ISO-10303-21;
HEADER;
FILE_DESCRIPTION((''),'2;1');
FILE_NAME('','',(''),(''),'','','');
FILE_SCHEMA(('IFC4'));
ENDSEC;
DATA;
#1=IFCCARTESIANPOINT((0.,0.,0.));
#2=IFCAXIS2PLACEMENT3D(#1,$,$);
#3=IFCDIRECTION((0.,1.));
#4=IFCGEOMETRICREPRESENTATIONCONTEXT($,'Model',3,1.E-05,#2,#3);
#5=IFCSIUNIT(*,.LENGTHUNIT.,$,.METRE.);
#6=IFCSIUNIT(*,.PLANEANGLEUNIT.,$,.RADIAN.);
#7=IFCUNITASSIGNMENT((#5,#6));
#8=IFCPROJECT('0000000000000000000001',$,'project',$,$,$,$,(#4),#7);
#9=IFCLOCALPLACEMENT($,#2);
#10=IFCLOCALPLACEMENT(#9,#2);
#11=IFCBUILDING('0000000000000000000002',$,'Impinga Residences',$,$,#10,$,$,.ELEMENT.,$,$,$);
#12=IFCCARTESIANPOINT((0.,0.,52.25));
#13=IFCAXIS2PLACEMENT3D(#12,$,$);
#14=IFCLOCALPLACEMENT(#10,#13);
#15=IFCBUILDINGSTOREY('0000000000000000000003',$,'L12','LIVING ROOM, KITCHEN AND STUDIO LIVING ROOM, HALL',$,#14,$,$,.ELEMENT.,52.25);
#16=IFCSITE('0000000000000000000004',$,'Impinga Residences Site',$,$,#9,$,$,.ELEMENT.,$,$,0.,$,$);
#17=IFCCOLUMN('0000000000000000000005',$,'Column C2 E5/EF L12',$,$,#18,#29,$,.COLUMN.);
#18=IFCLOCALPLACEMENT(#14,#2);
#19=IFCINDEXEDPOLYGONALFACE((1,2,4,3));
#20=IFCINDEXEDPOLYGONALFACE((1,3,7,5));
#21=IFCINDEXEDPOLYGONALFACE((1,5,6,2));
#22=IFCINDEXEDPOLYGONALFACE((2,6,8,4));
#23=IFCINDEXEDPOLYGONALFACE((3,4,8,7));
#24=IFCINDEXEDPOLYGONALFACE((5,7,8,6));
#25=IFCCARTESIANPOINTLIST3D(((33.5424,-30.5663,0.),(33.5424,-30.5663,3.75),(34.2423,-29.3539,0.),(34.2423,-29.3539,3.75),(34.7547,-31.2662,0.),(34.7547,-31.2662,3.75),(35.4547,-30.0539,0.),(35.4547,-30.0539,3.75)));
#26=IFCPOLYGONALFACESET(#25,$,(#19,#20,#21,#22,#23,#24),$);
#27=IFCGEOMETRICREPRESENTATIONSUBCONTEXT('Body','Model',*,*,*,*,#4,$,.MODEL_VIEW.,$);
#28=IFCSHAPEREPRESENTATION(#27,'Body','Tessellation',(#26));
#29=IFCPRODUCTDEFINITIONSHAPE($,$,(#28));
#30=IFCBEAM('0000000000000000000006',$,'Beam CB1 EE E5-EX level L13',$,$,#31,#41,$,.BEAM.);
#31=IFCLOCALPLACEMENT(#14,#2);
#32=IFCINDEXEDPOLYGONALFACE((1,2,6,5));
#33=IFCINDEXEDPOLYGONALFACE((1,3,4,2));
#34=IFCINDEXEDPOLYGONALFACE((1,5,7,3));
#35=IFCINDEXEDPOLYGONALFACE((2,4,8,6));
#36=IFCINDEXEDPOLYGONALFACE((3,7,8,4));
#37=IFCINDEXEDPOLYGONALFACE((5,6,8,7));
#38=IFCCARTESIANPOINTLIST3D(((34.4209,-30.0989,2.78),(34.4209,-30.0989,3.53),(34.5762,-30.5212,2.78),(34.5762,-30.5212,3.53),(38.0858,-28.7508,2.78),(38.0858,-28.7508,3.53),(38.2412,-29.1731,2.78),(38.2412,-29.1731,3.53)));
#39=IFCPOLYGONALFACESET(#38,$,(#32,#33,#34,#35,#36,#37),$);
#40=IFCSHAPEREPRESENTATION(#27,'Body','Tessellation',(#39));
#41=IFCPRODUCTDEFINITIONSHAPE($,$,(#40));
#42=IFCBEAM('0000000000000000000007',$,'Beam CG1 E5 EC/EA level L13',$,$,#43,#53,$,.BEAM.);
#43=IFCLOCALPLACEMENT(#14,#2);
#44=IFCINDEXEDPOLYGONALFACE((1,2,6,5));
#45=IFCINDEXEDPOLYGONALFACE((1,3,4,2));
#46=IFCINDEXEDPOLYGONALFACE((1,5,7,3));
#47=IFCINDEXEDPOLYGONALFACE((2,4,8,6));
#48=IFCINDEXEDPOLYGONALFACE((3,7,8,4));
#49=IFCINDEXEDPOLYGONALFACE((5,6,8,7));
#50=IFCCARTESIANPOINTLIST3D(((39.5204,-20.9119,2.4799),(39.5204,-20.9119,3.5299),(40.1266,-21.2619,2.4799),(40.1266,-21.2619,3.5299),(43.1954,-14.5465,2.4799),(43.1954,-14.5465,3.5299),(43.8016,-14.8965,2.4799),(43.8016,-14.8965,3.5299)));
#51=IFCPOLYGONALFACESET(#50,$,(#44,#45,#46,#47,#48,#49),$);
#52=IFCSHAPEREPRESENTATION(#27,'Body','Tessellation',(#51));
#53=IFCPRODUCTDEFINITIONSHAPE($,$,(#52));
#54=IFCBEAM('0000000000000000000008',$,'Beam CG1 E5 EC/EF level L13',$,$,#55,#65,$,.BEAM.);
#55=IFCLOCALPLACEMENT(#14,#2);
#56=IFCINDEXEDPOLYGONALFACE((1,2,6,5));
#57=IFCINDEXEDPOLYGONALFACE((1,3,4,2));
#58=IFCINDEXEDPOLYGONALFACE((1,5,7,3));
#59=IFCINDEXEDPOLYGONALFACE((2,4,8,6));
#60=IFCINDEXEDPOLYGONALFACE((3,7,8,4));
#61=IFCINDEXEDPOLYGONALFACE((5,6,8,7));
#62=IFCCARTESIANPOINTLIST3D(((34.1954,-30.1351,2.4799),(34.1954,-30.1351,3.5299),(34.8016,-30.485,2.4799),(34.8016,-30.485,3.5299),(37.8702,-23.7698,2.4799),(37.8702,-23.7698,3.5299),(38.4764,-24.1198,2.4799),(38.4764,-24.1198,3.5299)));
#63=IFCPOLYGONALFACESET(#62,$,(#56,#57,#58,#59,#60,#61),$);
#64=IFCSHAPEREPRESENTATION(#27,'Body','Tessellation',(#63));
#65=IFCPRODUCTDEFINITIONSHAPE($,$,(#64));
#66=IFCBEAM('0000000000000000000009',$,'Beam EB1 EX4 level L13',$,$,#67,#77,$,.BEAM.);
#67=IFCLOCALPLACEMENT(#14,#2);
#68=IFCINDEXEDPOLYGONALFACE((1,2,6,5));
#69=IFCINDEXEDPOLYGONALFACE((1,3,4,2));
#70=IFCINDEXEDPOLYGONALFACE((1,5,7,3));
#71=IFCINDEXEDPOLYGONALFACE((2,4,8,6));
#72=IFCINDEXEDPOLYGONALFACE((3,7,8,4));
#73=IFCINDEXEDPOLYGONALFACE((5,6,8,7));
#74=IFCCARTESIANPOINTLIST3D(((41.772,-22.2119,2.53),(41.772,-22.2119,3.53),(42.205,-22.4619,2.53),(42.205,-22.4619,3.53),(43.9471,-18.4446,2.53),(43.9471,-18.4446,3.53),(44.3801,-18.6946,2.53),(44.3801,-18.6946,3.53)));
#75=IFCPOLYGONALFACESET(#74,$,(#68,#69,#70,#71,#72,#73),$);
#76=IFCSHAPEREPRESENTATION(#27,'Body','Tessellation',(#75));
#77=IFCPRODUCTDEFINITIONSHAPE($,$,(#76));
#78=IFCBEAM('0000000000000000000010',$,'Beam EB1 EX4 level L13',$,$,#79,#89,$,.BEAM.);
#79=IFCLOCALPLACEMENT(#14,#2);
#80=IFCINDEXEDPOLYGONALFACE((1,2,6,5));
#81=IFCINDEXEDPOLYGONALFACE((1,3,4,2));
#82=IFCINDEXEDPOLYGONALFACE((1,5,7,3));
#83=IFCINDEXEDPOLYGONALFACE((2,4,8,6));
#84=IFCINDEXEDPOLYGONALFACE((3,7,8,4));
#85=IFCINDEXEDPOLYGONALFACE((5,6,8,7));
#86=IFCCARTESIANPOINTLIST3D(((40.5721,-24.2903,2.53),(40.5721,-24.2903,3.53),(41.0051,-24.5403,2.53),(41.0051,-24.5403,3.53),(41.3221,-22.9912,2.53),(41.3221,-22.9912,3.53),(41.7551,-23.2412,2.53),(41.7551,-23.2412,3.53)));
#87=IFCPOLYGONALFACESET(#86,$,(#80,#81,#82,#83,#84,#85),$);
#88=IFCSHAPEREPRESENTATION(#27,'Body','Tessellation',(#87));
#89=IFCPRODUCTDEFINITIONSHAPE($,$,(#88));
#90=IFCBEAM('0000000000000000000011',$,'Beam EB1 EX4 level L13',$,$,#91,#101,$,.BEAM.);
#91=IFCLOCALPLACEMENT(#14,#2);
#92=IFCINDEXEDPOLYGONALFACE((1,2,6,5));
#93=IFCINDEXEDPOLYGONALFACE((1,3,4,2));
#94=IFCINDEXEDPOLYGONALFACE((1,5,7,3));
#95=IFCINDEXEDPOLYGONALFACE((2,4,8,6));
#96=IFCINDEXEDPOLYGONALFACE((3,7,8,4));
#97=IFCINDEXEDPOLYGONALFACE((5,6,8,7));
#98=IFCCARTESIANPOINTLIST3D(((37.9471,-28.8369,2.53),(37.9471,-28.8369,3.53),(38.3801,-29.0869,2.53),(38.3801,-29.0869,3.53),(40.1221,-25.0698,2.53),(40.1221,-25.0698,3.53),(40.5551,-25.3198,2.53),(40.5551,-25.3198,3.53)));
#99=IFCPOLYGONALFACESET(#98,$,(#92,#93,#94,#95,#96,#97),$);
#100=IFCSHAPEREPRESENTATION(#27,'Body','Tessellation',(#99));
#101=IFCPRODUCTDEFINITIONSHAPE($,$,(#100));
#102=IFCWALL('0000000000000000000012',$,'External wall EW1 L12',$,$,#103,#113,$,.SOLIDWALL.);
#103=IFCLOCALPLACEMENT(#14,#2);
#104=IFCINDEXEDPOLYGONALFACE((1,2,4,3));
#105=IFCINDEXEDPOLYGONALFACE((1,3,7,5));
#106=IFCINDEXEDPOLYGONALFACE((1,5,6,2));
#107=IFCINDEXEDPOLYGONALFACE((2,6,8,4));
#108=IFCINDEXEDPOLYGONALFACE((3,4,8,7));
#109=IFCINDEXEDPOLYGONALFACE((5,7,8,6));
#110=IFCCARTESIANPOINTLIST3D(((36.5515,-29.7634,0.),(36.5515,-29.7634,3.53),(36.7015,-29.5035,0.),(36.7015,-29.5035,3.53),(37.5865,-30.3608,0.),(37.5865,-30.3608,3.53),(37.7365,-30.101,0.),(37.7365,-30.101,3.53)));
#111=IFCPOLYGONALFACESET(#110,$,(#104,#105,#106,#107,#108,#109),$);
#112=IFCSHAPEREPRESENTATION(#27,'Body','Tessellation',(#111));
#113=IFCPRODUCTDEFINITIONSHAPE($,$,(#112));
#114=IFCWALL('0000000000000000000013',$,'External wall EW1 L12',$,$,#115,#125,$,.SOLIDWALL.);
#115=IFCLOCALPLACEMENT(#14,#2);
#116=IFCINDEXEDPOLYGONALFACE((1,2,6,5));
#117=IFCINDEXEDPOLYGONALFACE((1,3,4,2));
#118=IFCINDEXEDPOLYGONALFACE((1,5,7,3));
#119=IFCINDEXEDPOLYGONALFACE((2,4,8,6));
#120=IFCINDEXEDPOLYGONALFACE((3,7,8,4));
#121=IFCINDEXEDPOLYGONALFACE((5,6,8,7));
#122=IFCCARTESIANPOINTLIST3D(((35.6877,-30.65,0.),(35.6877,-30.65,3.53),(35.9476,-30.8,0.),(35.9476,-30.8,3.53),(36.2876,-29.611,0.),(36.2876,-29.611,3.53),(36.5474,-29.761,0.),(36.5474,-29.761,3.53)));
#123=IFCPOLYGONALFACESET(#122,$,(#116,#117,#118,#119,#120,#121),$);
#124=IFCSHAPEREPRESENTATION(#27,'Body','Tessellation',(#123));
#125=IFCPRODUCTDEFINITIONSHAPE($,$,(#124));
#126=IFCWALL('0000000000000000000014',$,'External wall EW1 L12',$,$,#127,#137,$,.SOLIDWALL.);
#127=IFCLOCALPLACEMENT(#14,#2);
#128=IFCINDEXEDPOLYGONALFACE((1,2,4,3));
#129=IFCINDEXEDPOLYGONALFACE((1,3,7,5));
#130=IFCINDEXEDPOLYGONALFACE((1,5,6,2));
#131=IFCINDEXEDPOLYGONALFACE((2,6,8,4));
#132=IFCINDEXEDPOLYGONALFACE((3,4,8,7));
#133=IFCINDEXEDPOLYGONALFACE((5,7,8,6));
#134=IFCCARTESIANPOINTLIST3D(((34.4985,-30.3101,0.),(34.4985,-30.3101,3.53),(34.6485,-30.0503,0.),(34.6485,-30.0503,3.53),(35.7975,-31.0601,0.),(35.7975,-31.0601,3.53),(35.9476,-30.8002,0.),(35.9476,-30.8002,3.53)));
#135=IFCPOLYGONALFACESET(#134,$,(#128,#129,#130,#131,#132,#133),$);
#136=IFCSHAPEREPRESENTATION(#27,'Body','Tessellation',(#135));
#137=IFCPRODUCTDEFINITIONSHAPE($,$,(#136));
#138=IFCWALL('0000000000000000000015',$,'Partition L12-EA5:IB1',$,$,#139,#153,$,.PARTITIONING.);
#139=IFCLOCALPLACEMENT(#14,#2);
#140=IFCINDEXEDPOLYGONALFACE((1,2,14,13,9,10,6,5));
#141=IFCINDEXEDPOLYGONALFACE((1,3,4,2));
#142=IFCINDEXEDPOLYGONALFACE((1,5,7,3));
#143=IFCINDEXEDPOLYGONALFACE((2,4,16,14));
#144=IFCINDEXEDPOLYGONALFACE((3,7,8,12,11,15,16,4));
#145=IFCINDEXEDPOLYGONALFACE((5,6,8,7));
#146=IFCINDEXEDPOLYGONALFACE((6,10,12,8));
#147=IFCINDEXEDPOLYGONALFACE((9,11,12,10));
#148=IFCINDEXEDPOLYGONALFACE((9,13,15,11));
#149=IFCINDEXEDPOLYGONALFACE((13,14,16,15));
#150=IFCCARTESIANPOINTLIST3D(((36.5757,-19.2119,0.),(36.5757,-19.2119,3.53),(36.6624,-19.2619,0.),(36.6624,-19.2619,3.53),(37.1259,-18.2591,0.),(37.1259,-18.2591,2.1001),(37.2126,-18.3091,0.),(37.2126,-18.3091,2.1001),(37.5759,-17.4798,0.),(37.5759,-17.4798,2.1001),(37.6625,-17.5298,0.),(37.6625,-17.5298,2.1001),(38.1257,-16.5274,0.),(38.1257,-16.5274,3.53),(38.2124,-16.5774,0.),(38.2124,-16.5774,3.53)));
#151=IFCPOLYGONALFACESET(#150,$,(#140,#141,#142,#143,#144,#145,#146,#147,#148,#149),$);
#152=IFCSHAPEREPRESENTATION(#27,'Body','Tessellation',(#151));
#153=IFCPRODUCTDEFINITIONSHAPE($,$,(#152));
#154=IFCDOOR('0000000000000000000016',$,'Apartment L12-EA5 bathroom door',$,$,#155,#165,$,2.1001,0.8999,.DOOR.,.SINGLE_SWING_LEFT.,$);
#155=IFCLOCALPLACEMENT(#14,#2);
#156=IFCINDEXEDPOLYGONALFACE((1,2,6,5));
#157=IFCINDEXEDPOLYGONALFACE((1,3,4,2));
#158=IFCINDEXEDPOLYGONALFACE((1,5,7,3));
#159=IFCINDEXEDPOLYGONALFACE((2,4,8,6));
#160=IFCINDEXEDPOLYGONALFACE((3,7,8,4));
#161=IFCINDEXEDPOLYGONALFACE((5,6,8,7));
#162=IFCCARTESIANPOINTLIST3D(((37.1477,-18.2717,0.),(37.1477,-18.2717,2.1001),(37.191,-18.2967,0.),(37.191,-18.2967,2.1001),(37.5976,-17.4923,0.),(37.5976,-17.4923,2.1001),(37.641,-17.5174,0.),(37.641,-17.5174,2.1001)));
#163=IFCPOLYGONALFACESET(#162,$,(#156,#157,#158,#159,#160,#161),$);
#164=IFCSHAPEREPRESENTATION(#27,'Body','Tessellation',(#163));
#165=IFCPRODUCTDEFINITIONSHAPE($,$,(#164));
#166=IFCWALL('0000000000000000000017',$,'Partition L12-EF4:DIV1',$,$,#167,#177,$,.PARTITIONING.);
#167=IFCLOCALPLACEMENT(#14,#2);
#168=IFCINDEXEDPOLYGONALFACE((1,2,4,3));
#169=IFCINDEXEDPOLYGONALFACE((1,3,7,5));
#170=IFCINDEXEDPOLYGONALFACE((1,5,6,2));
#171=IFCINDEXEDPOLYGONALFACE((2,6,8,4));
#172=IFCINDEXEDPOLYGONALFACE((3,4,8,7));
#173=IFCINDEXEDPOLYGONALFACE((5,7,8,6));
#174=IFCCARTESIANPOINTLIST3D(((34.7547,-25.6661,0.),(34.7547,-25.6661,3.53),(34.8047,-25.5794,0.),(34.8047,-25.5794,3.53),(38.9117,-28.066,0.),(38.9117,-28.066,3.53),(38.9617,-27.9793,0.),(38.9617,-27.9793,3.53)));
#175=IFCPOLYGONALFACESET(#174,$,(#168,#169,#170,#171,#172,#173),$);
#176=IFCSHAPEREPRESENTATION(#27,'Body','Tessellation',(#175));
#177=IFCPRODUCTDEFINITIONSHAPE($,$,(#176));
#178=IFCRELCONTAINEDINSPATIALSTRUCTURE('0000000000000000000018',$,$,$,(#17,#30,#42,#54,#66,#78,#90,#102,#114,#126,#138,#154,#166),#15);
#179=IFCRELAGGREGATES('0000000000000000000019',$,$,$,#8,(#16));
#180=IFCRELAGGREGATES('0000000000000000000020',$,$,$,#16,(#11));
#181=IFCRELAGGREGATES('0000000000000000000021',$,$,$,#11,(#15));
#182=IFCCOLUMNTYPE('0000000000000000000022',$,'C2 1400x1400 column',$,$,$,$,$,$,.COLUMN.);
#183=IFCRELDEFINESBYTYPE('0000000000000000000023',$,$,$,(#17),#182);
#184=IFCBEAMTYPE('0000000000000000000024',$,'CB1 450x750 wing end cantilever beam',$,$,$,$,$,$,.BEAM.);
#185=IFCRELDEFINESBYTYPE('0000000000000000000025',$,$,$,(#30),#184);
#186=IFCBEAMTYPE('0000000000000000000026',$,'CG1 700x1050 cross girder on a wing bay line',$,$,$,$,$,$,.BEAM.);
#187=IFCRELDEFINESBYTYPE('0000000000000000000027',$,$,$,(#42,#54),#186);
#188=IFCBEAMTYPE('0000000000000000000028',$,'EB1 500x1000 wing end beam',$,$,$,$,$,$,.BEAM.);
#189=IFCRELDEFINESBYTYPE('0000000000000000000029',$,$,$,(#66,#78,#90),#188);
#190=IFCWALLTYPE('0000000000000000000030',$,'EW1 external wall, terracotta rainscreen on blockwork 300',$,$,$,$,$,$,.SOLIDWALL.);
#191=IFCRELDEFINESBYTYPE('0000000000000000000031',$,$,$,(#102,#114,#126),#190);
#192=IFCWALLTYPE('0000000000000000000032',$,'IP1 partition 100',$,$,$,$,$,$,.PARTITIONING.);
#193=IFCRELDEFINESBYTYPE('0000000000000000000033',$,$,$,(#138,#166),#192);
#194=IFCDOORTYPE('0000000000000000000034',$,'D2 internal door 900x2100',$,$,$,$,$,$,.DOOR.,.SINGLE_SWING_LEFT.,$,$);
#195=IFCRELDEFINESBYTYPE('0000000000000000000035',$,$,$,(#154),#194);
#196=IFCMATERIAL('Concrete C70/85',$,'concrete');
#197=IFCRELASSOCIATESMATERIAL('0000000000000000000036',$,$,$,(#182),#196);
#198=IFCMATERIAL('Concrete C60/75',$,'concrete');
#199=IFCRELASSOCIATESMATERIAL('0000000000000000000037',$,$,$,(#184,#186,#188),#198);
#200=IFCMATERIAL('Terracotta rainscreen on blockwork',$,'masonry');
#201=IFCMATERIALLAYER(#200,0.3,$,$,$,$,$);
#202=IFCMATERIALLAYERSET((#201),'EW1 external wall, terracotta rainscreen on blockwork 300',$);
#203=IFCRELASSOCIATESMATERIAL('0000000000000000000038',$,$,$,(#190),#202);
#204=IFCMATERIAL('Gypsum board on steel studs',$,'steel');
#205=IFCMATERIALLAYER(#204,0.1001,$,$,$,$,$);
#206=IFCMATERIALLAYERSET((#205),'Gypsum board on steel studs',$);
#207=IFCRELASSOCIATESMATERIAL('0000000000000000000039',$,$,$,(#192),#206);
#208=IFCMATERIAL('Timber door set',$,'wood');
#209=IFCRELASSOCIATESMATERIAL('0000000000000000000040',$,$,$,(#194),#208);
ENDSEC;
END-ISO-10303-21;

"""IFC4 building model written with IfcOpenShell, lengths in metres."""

from ifc_helpers import new_model, si_unit, direction, frame, frame_2d, origin, origin_2d, place, context, subcontext, project, spatial, rectangle, extrude, material, layer, layer_set, material_profile, profile_set, type_object, element, fill, save


model = new_model("IFC4")

# Units and contexts
model_context = context("Model", 3, precision=1e-05, world=origin(), true_north=direction((0.0, 1.0)))
body_context = subcontext(model_context, "Body", "Model", "MODEL_VIEW")
ifc_project = project(units=[si_unit("LENGTHUNIT", "METRE"), si_unit("PLANEANGLEUNIT", "RADIAN")], contexts=[model_context])

# Site, building, storey
site_placement = place(None, origin())
site = spatial("IfcSite", under=ifc_project, at=site_placement, Name="Impinga Residences Site", CompositionType="ELEMENT", RefElevation=0.0)
building_placement = place(site_placement, origin())
building = spatial("IfcBuilding", under=site, at=building_placement, Name="Impinga Residences", CompositionType="ELEMENT")
storey_placement = place(building_placement, frame((0.0, 0.0, 52.25)))
storey = spatial("IfcBuildingStorey", under=building, at=storey_placement, Name="L12", Description="LIVING ROOM, KITCHEN AND STUDIO LIVING ROOM, HALL", CompositionType="ELEMENT", Elevation=52.25)

# Column
ifc_material_1 = material(Name="Concrete C70/85", Category="concrete")
ifc_material_profile_1 = material_profile(ifc_material_1, rectangle(XDim=1.3999, YDim=1.3999, at=origin_2d()), Name="RC 1400x1400")
ifc_profile_set_1 = profile_set([ifc_material_profile_1], Name="Concrete C70/85")
column_type = type_object("IfcColumnType", Name="C2 1400x1400 column", PredefinedType="COLUMN", material=ifc_profile_set_1)
column_placement = place(storey_placement, frame((34.4985, -30.3101, 0.0), z_axis=(0.0, 0.0, 1.0), x_axis=(-0.5, -0.866025, 0.0)))
element("IfcColumn", 1, at=column_placement, inside=storey, type_object=column_type, Name="Column C2 E5/EF L12", PredefinedType="COLUMN", context=body_context, shape_type="SweptSolid", body=[
    extrude(rectangle(XDim=1.3999, YDim=1.3999, at=origin_2d()), origin(), (0.0, 0.0, 1.0), 3.75),
])

# Beams
ifc_material_2 = material(Name="Concrete C60/75", Category="concrete")
ifc_material_profile_2 = material_profile(ifc_material_2, rectangle(XDim=0.45, YDim=0.75, at=origin_2d()), Name="RC 450x750")
ifc_profile_set_2 = profile_set([ifc_material_profile_2], Name="Concrete C60/75")
beam_type_1 = type_object("IfcBeamType", Name="CB1 450x750 wing end cantilever beam", PredefinedType="BEAM", material=ifc_profile_set_2)
beam_1_placement = place(storey_placement, frame((34.4985, -30.3101, 3.155), z_axis=(0.93852, 0.345224, 0.0), x_axis=(-0.345224, 0.93852, 0.0)))
element("IfcBeam", 2, at=beam_1_placement, inside=storey, type_object=beam_type_1, Name="Beam CB1 EE E5-EX level L13", PredefinedType="BEAM", context=body_context, shape_type="SweptSolid", body=[
    extrude(rectangle(XDim=0.45, YDim=0.75, at=origin_2d()), origin(), (0.0, 0.0, 1.0), 3.905),
])
ifc_material_profile_3 = material_profile(ifc_material_2, rectangle(XDim=0.7, YDim=1.05, at=origin_2d()), Name="RC 700x1050")
ifc_profile_set_3 = profile_set([ifc_material_profile_3], Name="Concrete C60/75")
beam_type_2 = type_object("IfcBeamType", Name="CG1 700x1050 cross girder on a wing bay line", PredefinedType="BEAM", material=ifc_profile_set_3)
beam_2_placement = place(storey_placement, frame((39.8235, -21.0869, 3.0049), z_axis=(0.499994, 0.866029, 0.0), x_axis=(-0.866029, 0.499994, 0.0)))
element("IfcBeam", 3, at=beam_2_placement, inside=storey, type_object=beam_type_2, Name="Beam CG1 E5 EC/EA level L13", PredefinedType="BEAM", context=body_context, shape_type="SweptSolid", body=[
    extrude(rectangle(XDim=0.7, YDim=1.05, at=origin_2d()), origin(), (0.0, 0.0, 1.0), 7.3501),
])
beam_3_placement = place(storey_placement, frame((38.1733, -23.9448, 3.0049), z_axis=(-0.499983, -0.866035, 0.0), x_axis=(0.866035, -0.499983, 0.0)))
element("IfcBeam", 4, at=beam_3_placement, inside=storey, type_object=beam_type_2, Name="Beam CG1 E5 EC/EF level L13", PredefinedType="BEAM", context=body_context, shape_type="SweptSolid", body=[
    extrude(rectangle(XDim=0.7, YDim=1.05, at=origin_2d()), origin(), (0.0, 0.0, 1.0), 7.3499),
])
ifc_material_profile_4 = material_profile(ifc_material_2, rectangle(XDim=0.5, YDim=1.0, at=origin_2d()), Name="RC 500x1000")
ifc_profile_set_4 = profile_set([ifc_material_profile_4], Name="Concrete C60/75")
beam_type_3 = type_object("IfcBeamType", Name="EB1 500x1000 wing end beam", PredefinedType="BEAM", material=ifc_profile_set_4)
beam_4_placement = place(storey_placement, frame((44.1636, -18.5696, 3.03), z_axis=(-0.499996, -0.866028, 0.0), x_axis=(0.866028, -0.499996, 0.0)))
element("IfcBeam", 5, at=beam_4_placement, inside=storey, type_object=beam_type_3, Name="Beam EB1 EX4 level L13", PredefinedType="BEAM", context=body_context, shape_type="SweptSolid", body=[
    extrude(rectangle(XDim=0.5, YDim=1.0, at=origin_2d()), origin(), (0.0, 0.0, 1.0), 4.3501),
])
beam_5_placement = place(storey_placement, frame((41.5386, -23.1162, 3.03), z_axis=(-0.49999, -0.866031, 0.0), x_axis=(0.866031, -0.49999, 0.0)))
element("IfcBeam", 6, at=beam_5_placement, inside=storey, type_object=beam_type_3, Name="Beam EB1 EX4 level L13", PredefinedType="BEAM", context=body_context, shape_type="SweptSolid", body=[
    extrude(rectangle(XDim=0.5, YDim=1.0, at=origin_2d()), origin(), (0.0, 0.0, 1.0), 1.5),
])
beam_6_placement = place(storey_placement, frame((40.3386, -25.1948, 3.03), z_axis=(-0.50002, -0.866014, 0.0), x_axis=(0.866014, -0.50002, 0.0)))
element("IfcBeam", 7, at=beam_6_placement, inside=storey, type_object=beam_type_3, Name="Beam EB1 EX4 level L13", PredefinedType="BEAM", context=body_context, shape_type="SweptSolid", body=[
    extrude(rectangle(XDim=0.5, YDim=1.0, at=origin_2d()), origin(), (0.0, 0.0, 1.0), 4.3499),
])

# Walls
ifc_material_3 = material(Name="Terracotta rainscreen on blockwork", Category="masonry")
ifc_layer_1 = layer(ifc_material_3, 0.3)
ifc_layer_set_1 = layer_set([ifc_layer_1], Name="EW1 external wall, terracotta rainscreen on blockwork 300")
wall_type_1 = type_object("IfcWallType", Name="EW1 external wall, terracotta rainscreen on blockwork 300", PredefinedType="SOLIDWALL", material=ifc_layer_set_1)
wall_1_placement = place(storey_placement, frame((37.6616, -30.231, 0.0), z_axis=(0.0, 0.0, 1.0), x_axis=(-0.86606, 0.499941, 0.0)))
element("IfcWall", 8, at=wall_1_placement, inside=storey, type_object=wall_type_1, Name="External wall EW1 L12", PredefinedType="SOLIDWALL", context=body_context, shape_type="SweptSolid", body=[
    extrude(rectangle(XDim=1.1951, YDim=0.3, at=frame_2d((0.5977, 0.0))), origin(), (0.0, 0.0, 1.0), 3.53),
])
wall_2_placement = place(storey_placement, frame((36.4175, -29.686, 0.0), z_axis=(0.0, 0.0, 1.0), x_axis=(-0.499969, -0.866043, 0.0)))
element("IfcWall", 9, at=wall_2_placement, inside=storey, type_object=wall_type_1, Name="External wall EW1 L12", PredefinedType="SOLIDWALL", context=body_context, shape_type="SweptSolid", body=[
    extrude(rectangle(XDim=1.1997, YDim=0.3, at=frame_2d((0.5999, 0.0))), origin(), (0.0, 0.0, 1.0), 3.53),
])
wall_3_placement = place(storey_placement, frame((35.8726, -30.9302, 0.0), z_axis=(0.0, 0.0, 1.0), x_axis=(-0.866031, 0.49999, 0.0)))
element("IfcWall", 10, at=wall_3_placement, inside=storey, type_object=wall_type_1, Name="External wall EW1 L12", PredefinedType="SOLIDWALL", context=body_context, shape_type="SweptSolid", body=[
    extrude(rectangle(XDim=1.5, YDim=0.3, at=frame_2d((0.75, 0.0))), origin(), (0.0, 0.0, 1.0), 3.53),
])

# Wall, opening, door
ifc_material_4 = material(Name="Gypsum board on steel studs", Category="steel")
ifc_layer_2 = layer(ifc_material_4, 0.1001)
ifc_layer_set_2 = layer_set([ifc_layer_2], Name="Gypsum board on steel studs")
wall_type_2 = type_object("IfcWallType", Name="IP1 partition 100", PredefinedType="PARTITIONING", material=ifc_layer_set_2)
wall_4_placement = place(storey_placement, frame((36.6191, -19.2368, 0.0), z_axis=(0.0, 0.0, 1.0), x_axis=(0.500027, 0.86601, 0.0)))
wall_4 = element("IfcWall", 11, at=wall_4_placement, inside=storey, type_object=wall_type_2, Name="Partition L12-EA5:IB1", PredefinedType="PARTITIONING", context=body_context, shape_type="SweptSolid", body=[
    extrude(rectangle(XDim=3.0999, YDim=0.1001, at=frame_2d((1.5498, 0.0))), origin(), (0.0, 0.0, 1.0), 3.53),
])
opening_1_placement = place(wall_4_placement, frame((1.1001, 0.0, 0.0)))
opening_1 = element("IfcOpeningElement", 12, at=opening_1_placement, cuts=wall_4, PredefinedType="OPENING", context=body_context, shape_type="SweptSolid", body=[
    extrude(rectangle(XDim=0.8999, YDim=2.1001, at=frame_2d((0.45, 1.05))), frame((0.0, 0.0601, 0.0), z_axis=(0.0, -1.0, 0.0), x_axis=(1.0, 0.0, 0.0)), (0.0, 0.0, 1.0), 0.1201),
])
ifc_material_5 = material(Name="Timber door set", Category="wood")
door_type = type_object("IfcDoorType", Name="D2 internal door 900x2100", OperationType="SINGLE_SWING_LEFT", PredefinedType="DOOR", material=ifc_material_5)
door_1_placement = place(opening_1_placement, origin())
door_1 = element("IfcDoor", 13, at=door_1_placement, inside=storey, type_object=door_type, Name="Apartment L12-EA5 bathroom door", OperationType="SINGLE_SWING_LEFT", OverallHeight=2.1001, OverallWidth=0.8999, PredefinedType="DOOR", context=body_context, shape_type="SweptSolid", body=[
    extrude(rectangle(XDim=0.8999, YDim=2.1001, at=frame_2d((0.45, 1.05))), frame((0.0, 0.0249, 0.0), z_axis=(0.0, -1.0, 0.0), x_axis=(1.0, 0.0, 0.0)), (0.0, 0.0, 1.0), 0.05),
])
fill(opening_1, door_1)

# Wall
wall_5_placement = place(storey_placement, frame((34.7798, -25.6228, 0.0), z_axis=(0.0, 0.0, 1.0), x_axis=(0.866037, -0.499979, 0.0)))
element("IfcWall", 14, at=wall_5_placement, inside=storey, type_object=wall_type_2, Name="Partition L12-EF4:DIV1", PredefinedType="PARTITIONING", context=body_context, shape_type="SweptSolid", body=[
    extrude(rectangle(XDim=4.8, YDim=0.1001, at=frame_2d((2.3999, 0.0))), origin(), (0.0, 0.0, 1.0), 3.53),
])

save(model, "model.ifc")
